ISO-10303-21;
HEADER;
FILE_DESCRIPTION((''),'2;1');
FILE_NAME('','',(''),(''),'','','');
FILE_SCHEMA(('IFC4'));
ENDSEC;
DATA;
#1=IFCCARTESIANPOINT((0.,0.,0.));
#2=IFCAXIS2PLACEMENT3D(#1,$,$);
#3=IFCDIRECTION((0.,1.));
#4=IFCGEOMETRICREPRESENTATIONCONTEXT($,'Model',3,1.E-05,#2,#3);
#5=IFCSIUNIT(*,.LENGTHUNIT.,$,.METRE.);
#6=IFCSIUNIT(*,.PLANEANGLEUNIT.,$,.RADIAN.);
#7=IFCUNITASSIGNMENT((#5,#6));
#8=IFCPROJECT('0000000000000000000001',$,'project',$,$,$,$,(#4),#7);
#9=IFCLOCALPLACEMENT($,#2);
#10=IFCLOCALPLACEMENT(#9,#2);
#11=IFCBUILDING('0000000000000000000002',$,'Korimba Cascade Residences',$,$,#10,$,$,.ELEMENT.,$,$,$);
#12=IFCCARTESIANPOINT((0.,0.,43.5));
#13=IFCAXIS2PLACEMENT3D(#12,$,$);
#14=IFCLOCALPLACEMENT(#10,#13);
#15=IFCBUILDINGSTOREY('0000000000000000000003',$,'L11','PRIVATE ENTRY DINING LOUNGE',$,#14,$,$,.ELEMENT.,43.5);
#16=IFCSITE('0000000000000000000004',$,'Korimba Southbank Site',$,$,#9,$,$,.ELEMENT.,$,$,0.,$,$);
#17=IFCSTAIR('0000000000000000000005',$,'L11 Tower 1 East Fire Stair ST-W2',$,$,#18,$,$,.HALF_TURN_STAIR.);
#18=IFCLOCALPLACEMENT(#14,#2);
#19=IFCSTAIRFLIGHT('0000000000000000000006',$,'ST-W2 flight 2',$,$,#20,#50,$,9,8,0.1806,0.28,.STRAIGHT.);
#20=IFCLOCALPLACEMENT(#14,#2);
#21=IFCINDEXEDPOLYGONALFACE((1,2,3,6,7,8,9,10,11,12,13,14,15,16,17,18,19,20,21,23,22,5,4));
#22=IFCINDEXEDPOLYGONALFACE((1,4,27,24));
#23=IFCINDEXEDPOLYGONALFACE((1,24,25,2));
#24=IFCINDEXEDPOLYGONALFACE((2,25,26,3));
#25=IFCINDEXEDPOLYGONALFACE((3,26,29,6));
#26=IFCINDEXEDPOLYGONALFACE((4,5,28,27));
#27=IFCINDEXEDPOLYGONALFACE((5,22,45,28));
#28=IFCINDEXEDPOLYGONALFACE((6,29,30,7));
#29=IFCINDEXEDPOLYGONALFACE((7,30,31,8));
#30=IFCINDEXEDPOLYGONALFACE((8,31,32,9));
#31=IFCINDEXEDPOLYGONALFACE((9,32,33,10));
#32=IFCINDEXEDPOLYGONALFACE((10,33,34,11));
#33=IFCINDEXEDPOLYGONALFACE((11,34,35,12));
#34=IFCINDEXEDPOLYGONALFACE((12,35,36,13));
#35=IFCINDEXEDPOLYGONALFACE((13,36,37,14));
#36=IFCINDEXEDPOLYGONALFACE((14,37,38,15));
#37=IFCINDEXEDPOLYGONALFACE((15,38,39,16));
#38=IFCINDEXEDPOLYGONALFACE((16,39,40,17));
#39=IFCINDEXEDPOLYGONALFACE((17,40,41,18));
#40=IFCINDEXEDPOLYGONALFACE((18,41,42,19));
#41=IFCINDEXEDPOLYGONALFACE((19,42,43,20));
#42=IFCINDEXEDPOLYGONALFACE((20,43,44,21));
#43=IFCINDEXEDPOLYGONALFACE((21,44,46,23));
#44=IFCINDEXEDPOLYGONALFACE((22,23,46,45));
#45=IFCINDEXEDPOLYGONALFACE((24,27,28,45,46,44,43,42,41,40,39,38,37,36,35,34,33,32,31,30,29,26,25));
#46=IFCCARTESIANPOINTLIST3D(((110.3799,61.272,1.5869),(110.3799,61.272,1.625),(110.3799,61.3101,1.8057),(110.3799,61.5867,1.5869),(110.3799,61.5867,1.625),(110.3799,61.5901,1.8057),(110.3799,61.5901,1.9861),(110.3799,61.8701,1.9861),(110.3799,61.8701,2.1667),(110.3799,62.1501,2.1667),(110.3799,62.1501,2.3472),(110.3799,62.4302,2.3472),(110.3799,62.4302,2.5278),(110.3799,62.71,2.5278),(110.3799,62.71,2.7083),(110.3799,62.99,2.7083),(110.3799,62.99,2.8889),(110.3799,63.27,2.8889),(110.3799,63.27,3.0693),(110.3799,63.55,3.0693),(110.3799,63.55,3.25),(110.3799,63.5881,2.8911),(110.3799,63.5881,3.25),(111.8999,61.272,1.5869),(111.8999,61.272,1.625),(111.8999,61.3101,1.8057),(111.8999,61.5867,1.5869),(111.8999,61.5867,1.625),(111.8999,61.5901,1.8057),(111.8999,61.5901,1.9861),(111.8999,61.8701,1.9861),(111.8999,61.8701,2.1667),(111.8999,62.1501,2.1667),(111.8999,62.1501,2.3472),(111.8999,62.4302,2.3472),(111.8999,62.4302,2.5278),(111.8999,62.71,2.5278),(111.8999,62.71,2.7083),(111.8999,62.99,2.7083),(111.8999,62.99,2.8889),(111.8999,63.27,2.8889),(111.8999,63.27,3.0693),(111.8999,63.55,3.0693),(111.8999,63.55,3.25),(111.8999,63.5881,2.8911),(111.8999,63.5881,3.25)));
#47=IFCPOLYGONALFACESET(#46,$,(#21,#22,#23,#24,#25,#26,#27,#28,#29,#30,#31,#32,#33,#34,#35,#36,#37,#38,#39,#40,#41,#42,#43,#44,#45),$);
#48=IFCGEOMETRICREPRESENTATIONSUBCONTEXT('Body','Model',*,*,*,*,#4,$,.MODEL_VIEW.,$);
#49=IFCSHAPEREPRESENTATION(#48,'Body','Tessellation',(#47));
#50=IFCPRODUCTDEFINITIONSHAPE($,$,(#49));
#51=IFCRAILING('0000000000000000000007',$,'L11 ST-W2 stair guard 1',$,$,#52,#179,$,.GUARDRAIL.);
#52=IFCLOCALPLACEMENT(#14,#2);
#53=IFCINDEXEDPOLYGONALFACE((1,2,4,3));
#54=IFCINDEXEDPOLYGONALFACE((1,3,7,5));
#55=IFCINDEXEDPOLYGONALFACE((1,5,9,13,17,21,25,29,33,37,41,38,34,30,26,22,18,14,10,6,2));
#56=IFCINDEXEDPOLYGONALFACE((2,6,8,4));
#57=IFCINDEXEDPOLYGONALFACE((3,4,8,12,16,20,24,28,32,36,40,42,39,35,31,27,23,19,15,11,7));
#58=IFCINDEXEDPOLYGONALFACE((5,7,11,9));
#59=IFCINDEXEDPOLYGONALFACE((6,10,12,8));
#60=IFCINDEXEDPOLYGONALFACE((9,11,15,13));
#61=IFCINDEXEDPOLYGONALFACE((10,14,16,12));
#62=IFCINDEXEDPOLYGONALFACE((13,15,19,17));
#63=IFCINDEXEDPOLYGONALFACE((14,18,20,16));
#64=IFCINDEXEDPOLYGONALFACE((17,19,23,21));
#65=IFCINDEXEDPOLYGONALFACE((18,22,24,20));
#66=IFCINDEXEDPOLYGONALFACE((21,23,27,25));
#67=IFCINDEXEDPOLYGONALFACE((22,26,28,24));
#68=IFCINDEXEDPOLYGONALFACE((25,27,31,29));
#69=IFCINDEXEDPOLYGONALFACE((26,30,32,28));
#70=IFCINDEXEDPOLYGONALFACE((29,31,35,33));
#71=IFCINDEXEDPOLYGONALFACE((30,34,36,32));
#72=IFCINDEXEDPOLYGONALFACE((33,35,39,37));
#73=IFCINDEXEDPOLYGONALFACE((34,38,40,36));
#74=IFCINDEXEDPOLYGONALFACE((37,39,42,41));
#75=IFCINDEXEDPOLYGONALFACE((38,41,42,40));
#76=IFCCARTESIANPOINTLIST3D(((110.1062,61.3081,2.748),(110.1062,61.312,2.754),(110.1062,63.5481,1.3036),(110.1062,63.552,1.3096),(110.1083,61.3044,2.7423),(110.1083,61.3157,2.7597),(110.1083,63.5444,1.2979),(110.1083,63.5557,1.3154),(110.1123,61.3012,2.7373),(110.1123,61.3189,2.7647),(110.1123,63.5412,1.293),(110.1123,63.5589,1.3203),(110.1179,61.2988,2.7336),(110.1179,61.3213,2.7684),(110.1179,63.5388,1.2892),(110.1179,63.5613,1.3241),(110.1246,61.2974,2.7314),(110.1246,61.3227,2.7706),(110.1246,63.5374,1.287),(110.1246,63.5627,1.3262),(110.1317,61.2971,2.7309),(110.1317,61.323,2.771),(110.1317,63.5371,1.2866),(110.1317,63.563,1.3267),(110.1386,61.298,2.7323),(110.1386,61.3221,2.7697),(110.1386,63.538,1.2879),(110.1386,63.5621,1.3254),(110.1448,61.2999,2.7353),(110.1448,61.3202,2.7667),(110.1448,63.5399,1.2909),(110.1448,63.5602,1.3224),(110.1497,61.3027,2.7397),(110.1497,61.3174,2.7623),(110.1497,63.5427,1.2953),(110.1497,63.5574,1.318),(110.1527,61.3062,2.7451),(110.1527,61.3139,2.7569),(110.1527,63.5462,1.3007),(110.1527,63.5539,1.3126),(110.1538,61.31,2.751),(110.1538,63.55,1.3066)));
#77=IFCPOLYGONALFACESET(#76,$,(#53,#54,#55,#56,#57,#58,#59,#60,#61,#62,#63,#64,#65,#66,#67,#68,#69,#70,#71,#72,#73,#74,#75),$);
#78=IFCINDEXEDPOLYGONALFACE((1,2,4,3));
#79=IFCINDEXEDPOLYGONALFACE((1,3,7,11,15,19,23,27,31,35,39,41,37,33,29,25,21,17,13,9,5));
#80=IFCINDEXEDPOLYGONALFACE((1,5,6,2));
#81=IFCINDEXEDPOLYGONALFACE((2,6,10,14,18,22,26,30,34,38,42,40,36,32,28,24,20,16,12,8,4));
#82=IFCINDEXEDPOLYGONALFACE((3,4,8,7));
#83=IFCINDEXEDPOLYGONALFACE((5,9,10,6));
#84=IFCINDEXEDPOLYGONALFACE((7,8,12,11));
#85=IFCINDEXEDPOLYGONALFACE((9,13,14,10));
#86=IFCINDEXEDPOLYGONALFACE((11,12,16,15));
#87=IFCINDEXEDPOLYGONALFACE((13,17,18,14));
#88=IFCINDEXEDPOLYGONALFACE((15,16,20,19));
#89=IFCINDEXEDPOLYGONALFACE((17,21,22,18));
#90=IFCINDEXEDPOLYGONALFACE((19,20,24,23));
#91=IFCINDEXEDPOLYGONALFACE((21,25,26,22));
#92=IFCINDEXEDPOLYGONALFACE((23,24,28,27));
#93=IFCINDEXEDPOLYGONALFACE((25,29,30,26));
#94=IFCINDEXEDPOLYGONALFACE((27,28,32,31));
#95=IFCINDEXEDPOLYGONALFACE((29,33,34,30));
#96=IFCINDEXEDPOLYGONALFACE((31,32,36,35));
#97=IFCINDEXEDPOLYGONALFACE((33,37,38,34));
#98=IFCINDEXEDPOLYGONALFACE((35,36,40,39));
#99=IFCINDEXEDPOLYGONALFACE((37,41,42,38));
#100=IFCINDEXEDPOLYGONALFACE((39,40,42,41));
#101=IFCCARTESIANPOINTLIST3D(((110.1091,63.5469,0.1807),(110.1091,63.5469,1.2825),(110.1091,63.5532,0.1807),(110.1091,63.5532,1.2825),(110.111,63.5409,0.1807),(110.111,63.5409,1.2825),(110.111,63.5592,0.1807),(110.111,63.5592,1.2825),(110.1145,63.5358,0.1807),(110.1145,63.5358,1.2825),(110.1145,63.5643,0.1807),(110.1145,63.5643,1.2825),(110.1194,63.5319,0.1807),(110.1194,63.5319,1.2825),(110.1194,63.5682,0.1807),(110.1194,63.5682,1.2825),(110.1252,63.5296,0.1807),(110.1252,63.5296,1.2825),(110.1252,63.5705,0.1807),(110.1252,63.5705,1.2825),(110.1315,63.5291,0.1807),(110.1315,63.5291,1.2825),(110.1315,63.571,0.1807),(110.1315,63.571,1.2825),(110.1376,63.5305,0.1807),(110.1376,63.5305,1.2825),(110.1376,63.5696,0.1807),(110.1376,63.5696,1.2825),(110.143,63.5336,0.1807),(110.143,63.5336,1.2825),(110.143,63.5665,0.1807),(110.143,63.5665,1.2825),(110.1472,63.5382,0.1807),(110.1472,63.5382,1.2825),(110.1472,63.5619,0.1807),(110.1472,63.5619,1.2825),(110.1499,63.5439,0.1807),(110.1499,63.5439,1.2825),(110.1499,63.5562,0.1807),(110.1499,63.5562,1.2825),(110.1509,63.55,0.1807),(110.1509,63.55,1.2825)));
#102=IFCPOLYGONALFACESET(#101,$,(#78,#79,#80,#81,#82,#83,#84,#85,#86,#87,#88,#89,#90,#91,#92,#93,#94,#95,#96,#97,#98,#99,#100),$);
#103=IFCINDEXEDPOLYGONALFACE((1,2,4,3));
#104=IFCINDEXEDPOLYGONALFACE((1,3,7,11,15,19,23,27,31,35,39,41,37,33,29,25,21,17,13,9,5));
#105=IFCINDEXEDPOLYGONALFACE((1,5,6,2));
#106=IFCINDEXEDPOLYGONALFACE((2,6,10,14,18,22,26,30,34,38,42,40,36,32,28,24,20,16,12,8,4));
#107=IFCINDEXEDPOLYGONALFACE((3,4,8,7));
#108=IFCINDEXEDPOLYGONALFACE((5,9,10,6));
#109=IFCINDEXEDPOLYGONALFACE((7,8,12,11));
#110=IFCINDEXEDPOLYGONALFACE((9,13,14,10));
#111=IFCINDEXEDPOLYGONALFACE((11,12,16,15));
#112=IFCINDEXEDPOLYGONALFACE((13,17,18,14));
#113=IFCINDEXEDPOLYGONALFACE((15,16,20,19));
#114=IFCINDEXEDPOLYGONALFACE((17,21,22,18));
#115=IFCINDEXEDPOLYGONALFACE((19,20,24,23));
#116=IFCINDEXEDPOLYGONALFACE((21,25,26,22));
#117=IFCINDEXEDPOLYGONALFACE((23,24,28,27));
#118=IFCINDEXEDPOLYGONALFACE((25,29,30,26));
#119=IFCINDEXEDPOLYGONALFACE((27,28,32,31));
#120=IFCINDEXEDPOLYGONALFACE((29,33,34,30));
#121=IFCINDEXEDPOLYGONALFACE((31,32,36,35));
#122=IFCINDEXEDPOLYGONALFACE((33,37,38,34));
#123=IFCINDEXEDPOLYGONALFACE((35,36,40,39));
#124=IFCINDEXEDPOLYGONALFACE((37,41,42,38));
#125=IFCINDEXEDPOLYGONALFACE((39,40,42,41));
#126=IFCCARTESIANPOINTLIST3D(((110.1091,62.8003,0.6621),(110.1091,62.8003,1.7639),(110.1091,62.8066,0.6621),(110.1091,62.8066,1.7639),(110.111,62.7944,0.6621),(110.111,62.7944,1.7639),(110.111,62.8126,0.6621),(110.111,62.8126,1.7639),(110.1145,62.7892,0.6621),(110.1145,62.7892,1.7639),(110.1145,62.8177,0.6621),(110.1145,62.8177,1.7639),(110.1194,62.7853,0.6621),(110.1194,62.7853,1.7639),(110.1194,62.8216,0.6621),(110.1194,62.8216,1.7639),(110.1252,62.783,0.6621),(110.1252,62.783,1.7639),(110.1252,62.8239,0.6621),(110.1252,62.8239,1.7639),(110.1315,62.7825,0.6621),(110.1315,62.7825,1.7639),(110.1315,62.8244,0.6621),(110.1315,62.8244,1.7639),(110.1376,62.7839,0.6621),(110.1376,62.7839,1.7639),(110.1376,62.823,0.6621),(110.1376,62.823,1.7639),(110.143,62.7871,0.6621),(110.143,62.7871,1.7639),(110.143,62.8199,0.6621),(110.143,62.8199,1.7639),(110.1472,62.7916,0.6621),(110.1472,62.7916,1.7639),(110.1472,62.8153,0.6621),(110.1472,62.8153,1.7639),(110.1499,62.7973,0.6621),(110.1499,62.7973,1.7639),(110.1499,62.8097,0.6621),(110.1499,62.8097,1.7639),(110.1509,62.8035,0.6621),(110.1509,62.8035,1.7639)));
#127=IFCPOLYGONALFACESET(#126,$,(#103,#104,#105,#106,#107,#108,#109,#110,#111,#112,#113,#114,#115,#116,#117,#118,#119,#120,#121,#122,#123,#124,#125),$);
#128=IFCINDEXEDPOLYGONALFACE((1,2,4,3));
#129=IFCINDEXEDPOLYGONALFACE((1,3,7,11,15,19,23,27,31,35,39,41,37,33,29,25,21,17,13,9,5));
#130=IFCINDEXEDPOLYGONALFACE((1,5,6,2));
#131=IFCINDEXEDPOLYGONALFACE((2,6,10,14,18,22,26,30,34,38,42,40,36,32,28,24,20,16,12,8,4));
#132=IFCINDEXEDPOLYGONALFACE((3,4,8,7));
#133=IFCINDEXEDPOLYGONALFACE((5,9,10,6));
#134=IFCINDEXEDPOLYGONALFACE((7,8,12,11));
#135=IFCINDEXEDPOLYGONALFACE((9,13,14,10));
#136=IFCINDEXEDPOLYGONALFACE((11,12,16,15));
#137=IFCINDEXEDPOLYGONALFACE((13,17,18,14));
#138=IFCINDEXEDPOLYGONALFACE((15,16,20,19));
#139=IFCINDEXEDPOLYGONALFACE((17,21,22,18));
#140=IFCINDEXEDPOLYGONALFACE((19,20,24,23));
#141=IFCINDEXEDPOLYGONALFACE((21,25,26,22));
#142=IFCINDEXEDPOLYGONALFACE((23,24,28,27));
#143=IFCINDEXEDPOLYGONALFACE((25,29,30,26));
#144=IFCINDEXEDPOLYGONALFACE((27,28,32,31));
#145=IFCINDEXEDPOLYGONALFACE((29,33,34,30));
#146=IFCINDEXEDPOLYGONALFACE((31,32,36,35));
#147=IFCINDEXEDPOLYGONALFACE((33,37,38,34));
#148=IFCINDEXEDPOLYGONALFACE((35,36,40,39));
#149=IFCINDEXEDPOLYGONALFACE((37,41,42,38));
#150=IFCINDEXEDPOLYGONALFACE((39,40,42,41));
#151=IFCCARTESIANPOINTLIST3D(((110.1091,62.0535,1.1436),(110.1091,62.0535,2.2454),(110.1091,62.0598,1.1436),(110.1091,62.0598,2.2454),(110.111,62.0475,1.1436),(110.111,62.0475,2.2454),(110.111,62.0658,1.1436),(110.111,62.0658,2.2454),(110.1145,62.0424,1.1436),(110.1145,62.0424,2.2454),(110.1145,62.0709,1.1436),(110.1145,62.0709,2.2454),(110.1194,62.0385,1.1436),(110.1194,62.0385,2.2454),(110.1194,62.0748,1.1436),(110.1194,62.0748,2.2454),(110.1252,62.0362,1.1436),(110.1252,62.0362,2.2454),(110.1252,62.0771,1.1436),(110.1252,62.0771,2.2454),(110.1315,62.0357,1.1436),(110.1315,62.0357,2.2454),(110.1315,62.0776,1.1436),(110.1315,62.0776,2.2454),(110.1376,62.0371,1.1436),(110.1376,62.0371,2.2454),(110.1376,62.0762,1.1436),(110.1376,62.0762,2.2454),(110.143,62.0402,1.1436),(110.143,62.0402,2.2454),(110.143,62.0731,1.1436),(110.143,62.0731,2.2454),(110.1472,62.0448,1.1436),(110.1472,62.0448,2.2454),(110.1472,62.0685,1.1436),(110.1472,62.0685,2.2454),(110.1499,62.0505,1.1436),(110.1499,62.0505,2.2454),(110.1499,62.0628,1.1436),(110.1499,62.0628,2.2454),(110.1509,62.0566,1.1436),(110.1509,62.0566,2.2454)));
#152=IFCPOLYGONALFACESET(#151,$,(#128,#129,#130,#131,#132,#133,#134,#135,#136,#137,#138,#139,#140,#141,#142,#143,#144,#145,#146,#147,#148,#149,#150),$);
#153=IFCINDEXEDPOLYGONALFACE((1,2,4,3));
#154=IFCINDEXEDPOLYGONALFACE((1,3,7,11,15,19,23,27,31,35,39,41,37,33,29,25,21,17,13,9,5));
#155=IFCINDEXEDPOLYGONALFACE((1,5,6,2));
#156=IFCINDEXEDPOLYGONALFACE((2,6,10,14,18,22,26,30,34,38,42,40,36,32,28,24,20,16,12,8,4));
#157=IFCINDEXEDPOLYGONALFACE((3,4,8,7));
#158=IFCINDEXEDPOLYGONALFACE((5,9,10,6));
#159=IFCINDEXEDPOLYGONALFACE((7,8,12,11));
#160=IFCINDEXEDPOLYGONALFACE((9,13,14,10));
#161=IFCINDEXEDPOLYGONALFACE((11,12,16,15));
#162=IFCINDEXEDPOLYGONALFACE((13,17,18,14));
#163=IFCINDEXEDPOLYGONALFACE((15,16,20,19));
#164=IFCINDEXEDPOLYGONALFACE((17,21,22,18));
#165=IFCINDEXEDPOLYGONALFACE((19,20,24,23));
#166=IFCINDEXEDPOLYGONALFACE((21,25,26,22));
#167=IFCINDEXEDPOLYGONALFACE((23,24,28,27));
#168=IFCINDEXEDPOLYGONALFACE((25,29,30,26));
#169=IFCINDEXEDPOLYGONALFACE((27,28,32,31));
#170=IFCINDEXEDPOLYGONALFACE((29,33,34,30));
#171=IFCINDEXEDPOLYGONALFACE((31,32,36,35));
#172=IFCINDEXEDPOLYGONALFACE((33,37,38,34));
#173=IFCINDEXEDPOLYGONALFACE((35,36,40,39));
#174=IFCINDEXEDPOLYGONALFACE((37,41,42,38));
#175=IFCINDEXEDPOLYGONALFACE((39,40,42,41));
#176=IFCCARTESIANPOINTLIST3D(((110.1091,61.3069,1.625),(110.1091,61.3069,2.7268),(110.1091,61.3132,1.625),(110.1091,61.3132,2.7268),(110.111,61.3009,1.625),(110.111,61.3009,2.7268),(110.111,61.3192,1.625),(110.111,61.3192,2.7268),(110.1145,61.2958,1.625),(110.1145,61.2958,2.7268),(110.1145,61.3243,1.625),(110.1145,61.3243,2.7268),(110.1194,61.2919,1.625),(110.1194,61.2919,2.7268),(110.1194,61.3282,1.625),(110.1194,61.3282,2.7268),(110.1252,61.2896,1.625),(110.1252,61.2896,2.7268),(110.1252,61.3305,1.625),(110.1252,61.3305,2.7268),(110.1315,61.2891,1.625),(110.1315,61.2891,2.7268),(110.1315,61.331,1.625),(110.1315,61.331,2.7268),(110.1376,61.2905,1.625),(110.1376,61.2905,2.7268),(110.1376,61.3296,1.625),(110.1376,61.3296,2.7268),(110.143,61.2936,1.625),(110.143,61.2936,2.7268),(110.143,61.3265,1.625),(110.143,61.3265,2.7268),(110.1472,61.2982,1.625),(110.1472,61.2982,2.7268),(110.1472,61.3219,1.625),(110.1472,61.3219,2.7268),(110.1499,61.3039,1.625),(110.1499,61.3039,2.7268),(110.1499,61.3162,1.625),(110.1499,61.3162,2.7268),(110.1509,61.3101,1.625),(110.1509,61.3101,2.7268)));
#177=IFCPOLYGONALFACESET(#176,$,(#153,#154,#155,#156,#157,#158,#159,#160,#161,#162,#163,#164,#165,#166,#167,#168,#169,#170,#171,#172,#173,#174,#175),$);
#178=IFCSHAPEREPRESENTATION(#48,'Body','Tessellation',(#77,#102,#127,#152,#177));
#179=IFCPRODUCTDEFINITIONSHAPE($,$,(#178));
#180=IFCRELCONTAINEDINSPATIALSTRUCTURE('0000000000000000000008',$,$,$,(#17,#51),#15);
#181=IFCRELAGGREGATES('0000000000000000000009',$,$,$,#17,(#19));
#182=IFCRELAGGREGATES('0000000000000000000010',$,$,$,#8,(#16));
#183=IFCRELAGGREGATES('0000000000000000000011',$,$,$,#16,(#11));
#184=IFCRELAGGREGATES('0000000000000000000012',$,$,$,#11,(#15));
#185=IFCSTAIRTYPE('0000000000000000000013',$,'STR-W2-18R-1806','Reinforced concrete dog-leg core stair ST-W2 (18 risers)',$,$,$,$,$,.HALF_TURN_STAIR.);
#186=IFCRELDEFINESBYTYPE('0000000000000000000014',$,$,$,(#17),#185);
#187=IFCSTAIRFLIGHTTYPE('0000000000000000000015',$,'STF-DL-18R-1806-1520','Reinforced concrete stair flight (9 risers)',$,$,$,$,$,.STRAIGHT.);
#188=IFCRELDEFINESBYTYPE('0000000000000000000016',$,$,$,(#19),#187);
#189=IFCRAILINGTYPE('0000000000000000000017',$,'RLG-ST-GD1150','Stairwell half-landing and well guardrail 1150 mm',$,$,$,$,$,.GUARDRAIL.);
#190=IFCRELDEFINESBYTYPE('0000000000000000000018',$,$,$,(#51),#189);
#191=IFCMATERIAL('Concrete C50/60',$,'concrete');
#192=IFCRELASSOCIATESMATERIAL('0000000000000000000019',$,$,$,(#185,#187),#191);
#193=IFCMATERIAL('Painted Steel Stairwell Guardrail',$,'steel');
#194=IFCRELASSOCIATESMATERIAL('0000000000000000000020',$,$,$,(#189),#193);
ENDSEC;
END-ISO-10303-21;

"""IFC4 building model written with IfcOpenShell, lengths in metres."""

from ifc_helpers import new_model, si_unit, direction, frame, origin, origin_2d, place, context, subcontext, project, spatial, polyline, circle, outline, extrude, material, type_object, element, aggregate, save


model = new_model("IFC4")

# Units and contexts
model_context = context("Model", 3, precision=1e-05, world=origin(), true_north=direction((0.0, 1.0)))
body_context = subcontext(model_context, "Body", "Model", "MODEL_VIEW")
ifc_project = project(units=[si_unit("LENGTHUNIT", "METRE"), si_unit("PLANEANGLEUNIT", "RADIAN")], contexts=[model_context])

# Site, building, storey
site_placement = place(None, origin())
site = spatial("IfcSite", under=ifc_project, at=site_placement, Name="Korimba Southbank Site", CompositionType="ELEMENT", RefElevation=0.0)
building_placement = place(site_placement, origin())
building = spatial("IfcBuilding", under=site, at=building_placement, Name="Korimba Cascade Residences", CompositionType="ELEMENT")
storey_placement = place(building_placement, frame((0.0, 0.0, 43.5)))
storey = spatial("IfcBuildingStorey", under=building, at=storey_placement, Name="L11", Description="PRIVATE ENTRY DINING LOUNGE", CompositionType="ELEMENT", Elevation=43.5)

# Shared definitions
ifc_material_1 = material(Name="Concrete C50/60", Category="concrete")

# Stair, stair flight
stair_type = type_object("IfcStairType", Name="STR-W2-18R-1806", Description="Reinforced concrete dog-leg core stair ST-W2 (18 risers)", PredefinedType="HALF_TURN_STAIR", material=ifc_material_1)
stair_placement = place(storey_placement, origin())
stair = element("IfcStair", 1, at=stair_placement, inside=storey, type_object=stair_type, Name="L11 Tower 1 East Fire Stair ST-W2", PredefinedType="HALF_TURN_STAIR")
stair_flight_type = type_object("IfcStairFlightType", Name="STF-DL-18R-1806-1520", Description="Reinforced concrete stair flight (9 risers)", PredefinedType="STRAIGHT", material=ifc_material_1)
stair_flight_1_placement = place(storey_placement, frame((111.1399, 61.3101, 1.625), z_axis=(0.0, 0.0, 1.0), x_axis=(0.0, 1.0, 0.0)))
stair_flight_1 = element("IfcStairFlight", 2, at=stair_flight_1_placement, type_object=stair_flight_type, Name="ST-W2 flight 2", NumberOfRisers=9, NumberOfTreads=8, PredefinedType="STRAIGHT", RiserHeight=0.1806, TreadLength=0.28, context=body_context, shape_type="SweptSolid", body=[
    extrude(outline(polyline([(-0.0381, 0.0), (0.0, 0.1807), (0.28, 0.1807), (0.28, 0.3611), (0.5601, 0.3611), (0.5601, 0.5417), (0.8401, 0.5417), (0.8401, 0.7222), (1.1201, 0.7222), (1.1201, 0.9028), (1.3999, 0.9028), (1.3999, 1.0833), (1.6799, 1.0833), (1.6799, 1.2639), (1.96, 1.2639), (1.96, 1.4443), (2.24, 1.4443), (2.24, 1.625), (2.2781, 1.625), (2.2781, 1.2661), (0.2766, 0.0), (0.2766, -0.0381), (-0.0381, -0.0381), (-0.0381, 0.0)])), frame((0.0, 0.76, 0.0), z_axis=(0.0, -1.0, 0.0), x_axis=(1.0, 0.0, 0.0)), (0.0, 0.0, 1.0), 1.52),
])
aggregate(stair, [stair_flight_1])

# Railing
ifc_material_2 = material(Name="Painted Steel Stairwell Guardrail", Category="steel")
railing_type_1 = type_object("IfcRailingType", Name="RLG-ST-GD1150", Description="Stairwell half-landing and well guardrail 1150 mm", PredefinedType="GUARDRAIL", material=ifc_material_2)
railing_1_placement = place(storey_placement, frame((110.1299, 63.55, 0.1807)))
element("IfcRailing", 3, at=railing_1_placement, inside=storey, type_object=railing_type_1, Name="L11 ST-W2 stair guard 1", PredefinedType="GUARDRAIL", context=body_context, shape_type="SweptSolid", body=[
    extrude(circle(Radius=0.0239, at=origin_2d()), frame((0.0, 0.0, 1.126), z_axis=(0.0, -0.840437, 0.54191), x_axis=(1.0, 0.0, 0.0)), (0.0, 0.0, 1.0), 2.6653),
    extrude(circle(Radius=0.021, at=origin_2d()), origin(), (0.0, 0.0, 1.0), 1.1018),
    extrude(circle(Radius=0.021, at=origin_2d()), frame((0.0, -0.7466, 0.4814)), (0.0, 0.0, 1.0), 1.1018),
    extrude(circle(Radius=0.021, at=origin_2d()), frame((0.0, -1.4934, 0.9629)), (0.0, 0.0, 1.0), 1.1018),
    extrude(circle(Radius=0.021, at=origin_2d()), frame((0.0, -2.24, 1.4443)), (0.0, 0.0, 1.0), 1.1018),
])

save(model, "model.ifc")
